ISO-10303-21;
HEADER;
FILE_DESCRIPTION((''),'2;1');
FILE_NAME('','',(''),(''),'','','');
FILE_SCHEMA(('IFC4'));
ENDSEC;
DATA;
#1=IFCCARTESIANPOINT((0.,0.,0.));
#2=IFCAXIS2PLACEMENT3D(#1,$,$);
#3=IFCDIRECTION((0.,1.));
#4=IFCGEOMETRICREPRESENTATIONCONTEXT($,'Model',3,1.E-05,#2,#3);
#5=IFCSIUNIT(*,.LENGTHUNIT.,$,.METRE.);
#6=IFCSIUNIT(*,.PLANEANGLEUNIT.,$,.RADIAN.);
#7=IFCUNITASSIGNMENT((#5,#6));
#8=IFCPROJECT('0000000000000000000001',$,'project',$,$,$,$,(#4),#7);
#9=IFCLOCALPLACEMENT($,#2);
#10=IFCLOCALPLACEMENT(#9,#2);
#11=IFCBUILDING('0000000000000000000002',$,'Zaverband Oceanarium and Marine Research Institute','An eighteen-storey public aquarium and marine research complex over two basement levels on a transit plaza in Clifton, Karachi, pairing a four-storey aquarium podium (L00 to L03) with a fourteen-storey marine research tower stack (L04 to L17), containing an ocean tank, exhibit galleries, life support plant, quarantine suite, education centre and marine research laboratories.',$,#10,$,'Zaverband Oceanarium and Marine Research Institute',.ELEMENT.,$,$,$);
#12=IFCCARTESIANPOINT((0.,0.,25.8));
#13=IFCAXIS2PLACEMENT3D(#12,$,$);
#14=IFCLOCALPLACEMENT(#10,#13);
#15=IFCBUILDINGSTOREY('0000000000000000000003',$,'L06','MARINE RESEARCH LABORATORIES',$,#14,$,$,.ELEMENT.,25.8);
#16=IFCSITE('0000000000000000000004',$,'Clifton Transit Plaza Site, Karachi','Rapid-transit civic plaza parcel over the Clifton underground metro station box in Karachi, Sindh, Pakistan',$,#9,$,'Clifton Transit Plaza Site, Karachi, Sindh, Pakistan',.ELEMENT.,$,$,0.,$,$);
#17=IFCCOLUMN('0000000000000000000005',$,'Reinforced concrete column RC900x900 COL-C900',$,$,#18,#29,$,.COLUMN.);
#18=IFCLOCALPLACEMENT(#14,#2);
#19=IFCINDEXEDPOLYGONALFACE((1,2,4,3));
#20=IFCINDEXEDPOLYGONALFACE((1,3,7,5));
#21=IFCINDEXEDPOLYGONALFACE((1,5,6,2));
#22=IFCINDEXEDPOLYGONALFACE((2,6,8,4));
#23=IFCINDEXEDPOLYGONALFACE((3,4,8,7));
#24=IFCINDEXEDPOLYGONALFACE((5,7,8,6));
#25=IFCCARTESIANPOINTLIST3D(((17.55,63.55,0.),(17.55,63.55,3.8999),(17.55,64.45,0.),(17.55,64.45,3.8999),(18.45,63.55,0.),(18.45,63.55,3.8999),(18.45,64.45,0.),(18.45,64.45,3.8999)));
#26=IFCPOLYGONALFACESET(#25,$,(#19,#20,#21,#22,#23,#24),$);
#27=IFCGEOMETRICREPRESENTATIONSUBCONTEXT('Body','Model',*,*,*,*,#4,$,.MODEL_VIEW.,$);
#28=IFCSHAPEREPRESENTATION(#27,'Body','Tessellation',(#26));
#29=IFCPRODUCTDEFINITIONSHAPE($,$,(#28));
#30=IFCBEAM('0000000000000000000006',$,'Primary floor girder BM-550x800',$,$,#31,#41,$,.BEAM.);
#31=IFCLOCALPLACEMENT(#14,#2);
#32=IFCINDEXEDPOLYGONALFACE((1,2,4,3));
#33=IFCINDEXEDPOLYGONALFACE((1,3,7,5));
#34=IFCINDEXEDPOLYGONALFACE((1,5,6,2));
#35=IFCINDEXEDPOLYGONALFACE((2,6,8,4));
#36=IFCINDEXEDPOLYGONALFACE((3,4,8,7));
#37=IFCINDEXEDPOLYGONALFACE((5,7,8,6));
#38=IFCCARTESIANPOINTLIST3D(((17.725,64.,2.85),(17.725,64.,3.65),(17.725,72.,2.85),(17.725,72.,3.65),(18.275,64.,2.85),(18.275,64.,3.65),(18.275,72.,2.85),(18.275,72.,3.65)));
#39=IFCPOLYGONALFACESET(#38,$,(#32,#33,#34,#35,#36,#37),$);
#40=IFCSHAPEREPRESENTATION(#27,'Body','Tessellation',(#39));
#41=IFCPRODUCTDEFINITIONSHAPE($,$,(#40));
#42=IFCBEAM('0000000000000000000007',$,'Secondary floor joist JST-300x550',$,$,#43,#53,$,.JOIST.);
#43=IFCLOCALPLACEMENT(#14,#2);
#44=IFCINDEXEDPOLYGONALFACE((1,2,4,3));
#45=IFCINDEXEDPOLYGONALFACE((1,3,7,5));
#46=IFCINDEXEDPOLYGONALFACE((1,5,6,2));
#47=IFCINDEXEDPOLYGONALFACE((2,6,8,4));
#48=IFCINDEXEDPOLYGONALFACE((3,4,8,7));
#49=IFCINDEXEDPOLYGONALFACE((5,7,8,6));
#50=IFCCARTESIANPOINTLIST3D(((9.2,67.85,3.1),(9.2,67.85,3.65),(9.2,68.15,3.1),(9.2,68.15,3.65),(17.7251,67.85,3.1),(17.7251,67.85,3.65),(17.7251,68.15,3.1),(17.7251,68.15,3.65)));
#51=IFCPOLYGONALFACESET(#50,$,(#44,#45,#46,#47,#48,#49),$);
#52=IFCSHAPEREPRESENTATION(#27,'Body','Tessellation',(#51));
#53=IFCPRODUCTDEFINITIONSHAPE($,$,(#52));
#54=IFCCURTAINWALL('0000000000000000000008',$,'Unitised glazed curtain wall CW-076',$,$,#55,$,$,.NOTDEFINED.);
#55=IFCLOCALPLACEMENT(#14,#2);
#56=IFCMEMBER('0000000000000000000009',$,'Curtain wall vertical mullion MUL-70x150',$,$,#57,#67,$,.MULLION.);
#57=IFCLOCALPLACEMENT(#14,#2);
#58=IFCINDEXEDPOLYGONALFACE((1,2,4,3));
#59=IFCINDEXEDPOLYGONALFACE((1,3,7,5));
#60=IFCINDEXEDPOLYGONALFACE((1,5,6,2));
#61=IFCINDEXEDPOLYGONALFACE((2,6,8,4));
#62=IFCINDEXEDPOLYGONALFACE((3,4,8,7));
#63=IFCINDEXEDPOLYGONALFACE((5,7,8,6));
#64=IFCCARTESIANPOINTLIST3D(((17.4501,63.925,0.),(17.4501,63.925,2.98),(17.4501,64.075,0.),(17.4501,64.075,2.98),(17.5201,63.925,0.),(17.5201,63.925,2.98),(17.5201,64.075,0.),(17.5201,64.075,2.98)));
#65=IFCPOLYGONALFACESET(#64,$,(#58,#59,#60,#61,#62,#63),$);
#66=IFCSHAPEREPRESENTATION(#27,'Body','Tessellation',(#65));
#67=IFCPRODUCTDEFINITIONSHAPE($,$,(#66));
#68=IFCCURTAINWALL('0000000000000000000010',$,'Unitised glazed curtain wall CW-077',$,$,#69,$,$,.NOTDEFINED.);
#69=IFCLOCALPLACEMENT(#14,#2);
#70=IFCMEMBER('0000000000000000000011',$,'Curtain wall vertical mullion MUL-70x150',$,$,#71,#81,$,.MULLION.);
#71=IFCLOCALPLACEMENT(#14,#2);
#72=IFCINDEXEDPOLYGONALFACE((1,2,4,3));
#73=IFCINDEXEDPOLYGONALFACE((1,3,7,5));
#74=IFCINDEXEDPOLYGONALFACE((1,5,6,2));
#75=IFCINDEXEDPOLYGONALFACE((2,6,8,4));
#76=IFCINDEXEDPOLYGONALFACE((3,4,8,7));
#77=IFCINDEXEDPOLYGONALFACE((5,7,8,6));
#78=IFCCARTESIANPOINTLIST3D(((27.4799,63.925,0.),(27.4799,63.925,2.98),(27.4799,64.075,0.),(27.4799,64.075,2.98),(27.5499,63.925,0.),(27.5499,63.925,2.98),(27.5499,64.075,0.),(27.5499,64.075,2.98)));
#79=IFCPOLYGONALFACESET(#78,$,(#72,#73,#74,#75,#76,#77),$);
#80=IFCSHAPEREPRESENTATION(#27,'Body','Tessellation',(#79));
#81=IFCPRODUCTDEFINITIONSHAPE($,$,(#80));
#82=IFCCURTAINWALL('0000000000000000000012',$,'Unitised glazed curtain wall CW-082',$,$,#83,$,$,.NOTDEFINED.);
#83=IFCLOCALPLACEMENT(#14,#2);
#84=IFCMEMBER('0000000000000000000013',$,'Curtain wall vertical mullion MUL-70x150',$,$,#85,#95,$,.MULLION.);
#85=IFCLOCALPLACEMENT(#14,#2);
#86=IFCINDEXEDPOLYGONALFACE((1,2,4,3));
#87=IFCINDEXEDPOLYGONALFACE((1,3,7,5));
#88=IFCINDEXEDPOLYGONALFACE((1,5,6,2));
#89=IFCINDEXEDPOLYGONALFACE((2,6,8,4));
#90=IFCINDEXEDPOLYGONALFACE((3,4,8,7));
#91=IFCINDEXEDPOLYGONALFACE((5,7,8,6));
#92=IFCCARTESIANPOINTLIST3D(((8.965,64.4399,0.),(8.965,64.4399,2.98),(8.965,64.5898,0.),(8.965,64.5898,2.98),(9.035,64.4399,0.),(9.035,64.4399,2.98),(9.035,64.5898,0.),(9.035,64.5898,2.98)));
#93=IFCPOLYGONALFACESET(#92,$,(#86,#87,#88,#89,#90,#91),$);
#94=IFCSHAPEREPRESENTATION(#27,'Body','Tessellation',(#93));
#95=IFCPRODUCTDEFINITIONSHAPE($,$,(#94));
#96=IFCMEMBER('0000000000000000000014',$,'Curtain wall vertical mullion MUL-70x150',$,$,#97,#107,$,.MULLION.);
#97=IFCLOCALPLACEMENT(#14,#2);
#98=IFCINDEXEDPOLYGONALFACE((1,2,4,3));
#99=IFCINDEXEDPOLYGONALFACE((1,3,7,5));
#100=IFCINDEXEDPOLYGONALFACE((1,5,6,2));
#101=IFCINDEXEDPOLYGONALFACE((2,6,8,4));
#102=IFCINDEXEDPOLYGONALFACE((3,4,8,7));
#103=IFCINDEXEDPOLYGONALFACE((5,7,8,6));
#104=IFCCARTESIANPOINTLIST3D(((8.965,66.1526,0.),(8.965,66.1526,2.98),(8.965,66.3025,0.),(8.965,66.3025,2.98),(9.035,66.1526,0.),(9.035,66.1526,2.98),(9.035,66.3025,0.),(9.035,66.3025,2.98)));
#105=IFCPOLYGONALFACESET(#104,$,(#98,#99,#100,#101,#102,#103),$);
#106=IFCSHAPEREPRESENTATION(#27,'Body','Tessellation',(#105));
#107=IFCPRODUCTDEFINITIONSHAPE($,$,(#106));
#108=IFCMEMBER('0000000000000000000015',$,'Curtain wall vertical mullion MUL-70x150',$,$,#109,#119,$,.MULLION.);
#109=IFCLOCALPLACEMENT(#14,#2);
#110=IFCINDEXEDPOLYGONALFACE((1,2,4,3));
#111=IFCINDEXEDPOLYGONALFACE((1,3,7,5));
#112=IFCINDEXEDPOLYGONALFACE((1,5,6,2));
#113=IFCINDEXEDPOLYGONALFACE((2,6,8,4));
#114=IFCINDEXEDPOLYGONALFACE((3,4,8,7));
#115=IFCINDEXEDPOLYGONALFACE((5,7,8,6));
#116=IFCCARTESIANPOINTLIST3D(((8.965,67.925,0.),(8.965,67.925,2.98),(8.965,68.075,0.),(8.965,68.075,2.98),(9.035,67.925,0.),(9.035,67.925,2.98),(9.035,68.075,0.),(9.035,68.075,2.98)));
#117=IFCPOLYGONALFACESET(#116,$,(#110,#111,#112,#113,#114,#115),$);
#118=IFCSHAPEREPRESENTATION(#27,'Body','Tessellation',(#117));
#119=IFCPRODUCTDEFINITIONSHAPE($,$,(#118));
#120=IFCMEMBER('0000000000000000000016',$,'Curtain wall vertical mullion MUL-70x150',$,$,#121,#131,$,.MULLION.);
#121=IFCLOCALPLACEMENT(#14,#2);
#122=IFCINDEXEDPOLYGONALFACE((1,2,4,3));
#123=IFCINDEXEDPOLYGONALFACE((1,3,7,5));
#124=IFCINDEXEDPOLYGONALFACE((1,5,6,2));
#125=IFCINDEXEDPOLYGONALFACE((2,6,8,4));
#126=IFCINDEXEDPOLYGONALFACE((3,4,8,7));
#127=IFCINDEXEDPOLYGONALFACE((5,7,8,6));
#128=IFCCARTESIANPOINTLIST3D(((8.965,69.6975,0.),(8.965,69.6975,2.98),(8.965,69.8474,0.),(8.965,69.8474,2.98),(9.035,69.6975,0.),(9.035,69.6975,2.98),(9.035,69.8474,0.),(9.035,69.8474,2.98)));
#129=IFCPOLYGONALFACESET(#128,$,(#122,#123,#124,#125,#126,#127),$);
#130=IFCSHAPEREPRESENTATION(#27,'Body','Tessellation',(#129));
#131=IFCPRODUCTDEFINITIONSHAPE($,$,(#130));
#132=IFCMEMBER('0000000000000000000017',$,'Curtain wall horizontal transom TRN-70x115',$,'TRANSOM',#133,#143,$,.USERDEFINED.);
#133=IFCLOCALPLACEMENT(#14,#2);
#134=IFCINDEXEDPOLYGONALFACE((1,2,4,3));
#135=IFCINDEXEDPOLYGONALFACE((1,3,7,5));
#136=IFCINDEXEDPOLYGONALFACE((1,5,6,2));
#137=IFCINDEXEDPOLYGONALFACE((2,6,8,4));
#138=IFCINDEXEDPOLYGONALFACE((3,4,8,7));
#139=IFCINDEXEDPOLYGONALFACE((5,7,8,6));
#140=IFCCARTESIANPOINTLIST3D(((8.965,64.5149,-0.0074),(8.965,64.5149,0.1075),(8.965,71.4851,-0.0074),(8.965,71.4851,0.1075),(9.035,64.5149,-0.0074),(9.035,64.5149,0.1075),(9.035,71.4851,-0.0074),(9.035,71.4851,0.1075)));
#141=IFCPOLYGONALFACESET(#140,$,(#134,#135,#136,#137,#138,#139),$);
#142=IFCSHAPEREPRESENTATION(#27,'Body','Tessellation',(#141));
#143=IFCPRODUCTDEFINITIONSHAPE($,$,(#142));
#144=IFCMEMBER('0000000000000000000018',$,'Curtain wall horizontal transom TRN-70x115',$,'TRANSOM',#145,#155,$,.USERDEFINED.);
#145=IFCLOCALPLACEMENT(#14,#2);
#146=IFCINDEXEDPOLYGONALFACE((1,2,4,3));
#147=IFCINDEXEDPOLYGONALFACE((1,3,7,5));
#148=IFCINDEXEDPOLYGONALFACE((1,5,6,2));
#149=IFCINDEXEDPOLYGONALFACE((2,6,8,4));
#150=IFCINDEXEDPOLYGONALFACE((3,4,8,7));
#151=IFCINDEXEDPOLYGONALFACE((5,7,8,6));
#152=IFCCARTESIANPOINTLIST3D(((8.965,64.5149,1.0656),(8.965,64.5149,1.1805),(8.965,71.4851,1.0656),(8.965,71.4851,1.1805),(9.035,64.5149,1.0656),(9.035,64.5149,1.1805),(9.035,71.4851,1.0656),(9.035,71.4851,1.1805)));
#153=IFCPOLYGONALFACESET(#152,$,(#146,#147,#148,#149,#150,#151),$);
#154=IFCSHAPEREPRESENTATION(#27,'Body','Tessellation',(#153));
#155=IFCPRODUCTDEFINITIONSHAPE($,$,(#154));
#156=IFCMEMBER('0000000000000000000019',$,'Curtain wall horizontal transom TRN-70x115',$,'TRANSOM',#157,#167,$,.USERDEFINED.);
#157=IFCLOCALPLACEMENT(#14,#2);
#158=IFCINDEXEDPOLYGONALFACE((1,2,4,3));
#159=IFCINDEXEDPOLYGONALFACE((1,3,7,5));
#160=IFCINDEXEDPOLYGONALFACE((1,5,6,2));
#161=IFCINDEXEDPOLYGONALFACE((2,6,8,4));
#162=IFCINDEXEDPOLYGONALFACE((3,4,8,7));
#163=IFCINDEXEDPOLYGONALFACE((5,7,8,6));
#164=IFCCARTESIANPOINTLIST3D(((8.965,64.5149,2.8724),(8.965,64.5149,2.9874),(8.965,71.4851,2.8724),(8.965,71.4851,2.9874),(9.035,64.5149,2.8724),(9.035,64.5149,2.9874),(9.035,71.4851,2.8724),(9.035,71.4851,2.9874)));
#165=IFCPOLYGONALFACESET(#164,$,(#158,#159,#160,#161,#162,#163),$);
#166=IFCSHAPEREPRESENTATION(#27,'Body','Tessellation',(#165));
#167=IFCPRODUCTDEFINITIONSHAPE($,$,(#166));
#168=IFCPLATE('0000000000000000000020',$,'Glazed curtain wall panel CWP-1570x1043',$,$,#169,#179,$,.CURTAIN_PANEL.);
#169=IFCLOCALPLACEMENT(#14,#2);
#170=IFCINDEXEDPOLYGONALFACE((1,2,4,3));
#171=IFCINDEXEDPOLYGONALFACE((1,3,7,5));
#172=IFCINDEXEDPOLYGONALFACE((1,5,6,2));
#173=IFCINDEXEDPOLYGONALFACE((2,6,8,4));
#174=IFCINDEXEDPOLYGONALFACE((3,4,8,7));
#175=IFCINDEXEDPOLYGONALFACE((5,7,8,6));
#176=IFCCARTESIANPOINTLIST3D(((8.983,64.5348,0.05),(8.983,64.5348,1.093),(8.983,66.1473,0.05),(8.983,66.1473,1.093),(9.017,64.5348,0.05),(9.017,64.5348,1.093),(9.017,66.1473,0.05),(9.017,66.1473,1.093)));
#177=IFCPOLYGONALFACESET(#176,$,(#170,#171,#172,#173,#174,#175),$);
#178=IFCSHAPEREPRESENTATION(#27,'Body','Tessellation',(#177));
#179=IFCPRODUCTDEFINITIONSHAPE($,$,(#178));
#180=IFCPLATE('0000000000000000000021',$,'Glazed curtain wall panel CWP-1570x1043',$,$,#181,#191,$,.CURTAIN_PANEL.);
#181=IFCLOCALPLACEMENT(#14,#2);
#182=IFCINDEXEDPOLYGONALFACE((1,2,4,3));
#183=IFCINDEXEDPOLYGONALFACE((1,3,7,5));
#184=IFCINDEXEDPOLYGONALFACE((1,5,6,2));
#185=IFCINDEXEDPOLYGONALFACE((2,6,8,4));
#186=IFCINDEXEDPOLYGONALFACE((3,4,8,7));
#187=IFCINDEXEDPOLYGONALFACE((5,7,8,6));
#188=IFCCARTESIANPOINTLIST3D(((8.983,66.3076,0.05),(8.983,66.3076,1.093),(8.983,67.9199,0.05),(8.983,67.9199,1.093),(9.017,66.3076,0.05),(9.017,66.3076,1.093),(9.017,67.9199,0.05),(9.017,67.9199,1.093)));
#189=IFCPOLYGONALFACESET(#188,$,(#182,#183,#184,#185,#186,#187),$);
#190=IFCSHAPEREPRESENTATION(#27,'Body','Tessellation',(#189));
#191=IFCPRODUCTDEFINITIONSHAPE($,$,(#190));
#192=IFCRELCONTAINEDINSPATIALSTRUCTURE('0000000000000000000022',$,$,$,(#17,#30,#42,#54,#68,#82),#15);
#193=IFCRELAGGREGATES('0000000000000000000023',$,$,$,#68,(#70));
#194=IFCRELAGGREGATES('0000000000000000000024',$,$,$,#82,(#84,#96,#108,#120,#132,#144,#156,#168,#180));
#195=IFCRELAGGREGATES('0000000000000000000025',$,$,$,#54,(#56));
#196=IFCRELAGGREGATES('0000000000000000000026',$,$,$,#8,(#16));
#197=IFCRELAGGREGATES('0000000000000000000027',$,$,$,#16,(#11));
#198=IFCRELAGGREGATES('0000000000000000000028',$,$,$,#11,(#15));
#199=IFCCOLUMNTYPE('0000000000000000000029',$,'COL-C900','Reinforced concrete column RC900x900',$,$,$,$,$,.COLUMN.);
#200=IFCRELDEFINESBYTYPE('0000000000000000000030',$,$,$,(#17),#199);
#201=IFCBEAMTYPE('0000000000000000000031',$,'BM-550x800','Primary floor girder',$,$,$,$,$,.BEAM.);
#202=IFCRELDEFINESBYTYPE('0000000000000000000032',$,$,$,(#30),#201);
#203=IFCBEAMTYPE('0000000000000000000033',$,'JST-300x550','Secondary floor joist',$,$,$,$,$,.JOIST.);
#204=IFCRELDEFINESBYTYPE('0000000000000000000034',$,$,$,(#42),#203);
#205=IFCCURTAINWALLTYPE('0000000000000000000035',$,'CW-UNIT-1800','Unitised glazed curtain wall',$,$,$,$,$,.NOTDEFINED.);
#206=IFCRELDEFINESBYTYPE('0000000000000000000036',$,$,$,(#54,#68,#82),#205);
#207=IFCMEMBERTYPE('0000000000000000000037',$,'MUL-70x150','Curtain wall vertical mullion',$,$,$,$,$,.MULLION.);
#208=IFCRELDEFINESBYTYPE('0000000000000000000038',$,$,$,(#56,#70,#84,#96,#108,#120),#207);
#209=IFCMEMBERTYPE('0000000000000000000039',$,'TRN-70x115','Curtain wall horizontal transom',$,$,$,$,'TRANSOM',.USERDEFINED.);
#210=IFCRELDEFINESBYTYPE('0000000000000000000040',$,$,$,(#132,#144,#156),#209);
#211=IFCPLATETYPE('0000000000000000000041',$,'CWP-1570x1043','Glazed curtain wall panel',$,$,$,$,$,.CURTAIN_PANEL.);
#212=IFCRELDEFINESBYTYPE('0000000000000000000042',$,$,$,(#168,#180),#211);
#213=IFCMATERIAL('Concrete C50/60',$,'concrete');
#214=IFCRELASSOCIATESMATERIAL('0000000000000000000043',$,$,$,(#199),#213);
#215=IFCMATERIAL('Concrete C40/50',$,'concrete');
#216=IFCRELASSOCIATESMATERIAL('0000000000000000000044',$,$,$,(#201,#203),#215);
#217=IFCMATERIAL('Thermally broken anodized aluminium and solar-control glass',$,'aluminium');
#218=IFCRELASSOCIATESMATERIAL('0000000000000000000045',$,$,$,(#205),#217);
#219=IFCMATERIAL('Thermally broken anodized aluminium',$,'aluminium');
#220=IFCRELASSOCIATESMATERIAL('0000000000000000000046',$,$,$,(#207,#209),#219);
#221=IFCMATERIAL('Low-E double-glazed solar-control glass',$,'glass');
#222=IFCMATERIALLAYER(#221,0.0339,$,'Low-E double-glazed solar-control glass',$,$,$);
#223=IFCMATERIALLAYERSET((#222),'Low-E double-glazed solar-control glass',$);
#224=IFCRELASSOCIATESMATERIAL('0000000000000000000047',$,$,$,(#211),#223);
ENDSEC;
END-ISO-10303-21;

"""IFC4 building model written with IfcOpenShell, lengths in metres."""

from ifc_helpers import new_model, si_unit, direction, frame, frame_2d, origin, origin_2d, place, context, subcontext, project, spatial, rectangle, extrude, material, layer, layer_set, material_profile, profile_set, type_object, element, aggregate, save


model = new_model("IFC4")

# Units and contexts
model_context = context("Model", 3, precision=1e-05, world=origin(), true_north=direction((0.0, 1.0)))
body_context = subcontext(model_context, "Body", "Model", "MODEL_VIEW")
ifc_project = project(units=[si_unit("LENGTHUNIT", "METRE"), si_unit("PLANEANGLEUNIT", "RADIAN")], contexts=[model_context])

# Site, building, storey
site_placement = place(None, origin())
site = spatial("IfcSite", under=ifc_project, at=site_placement, Name="Clifton Transit Plaza Site, Karachi", Description="Rapid-transit civic plaza parcel over the Clifton underground metro station box in Karachi, Sindh, Pakistan", LongName="Clifton Transit Plaza Site, Karachi, Sindh, Pakistan", CompositionType="ELEMENT", RefElevation=0.0)
building_placement = place(site_placement, origin())
building = spatial("IfcBuilding", under=site, at=building_placement, Name="Zaverband Oceanarium and Marine Research Institute", Description="An eighteen-storey public aquarium and marine research complex over two basement levels on a transit plaza in Clifton, Karachi, pairing a four-storey aquarium podium (L00 to L03) with a fourteen-storey marine research tower stack (L04 to L17), containing an ocean tank, exhibit galleries, life support plant, quarantine suite, education centre and marine research laboratories.", LongName="Zaverband Oceanarium and Marine Research Institute", CompositionType="ELEMENT")
storey_placement = place(building_placement, frame((0.0, 0.0, 25.8)))
storey = spatial("IfcBuildingStorey", under=building, at=storey_placement, Name="L06", Description="MARINE RESEARCH LABORATORIES", CompositionType="ELEMENT", Elevation=25.8)

# Column
ifc_material_1 = material(Name="Concrete C50/60", Category="concrete")
ifc_material_profile_1 = material_profile(ifc_material_1, rectangle(XDim=0.8999, YDim=0.8999, at=origin_2d()), Name="RC900x900")
ifc_profile_set_1 = profile_set([ifc_material_profile_1], Name="Concrete C50/60")
column_type = type_object("IfcColumnType", Name="COL-C900", Description="Reinforced concrete column RC900x900", PredefinedType="COLUMN", material=ifc_profile_set_1)
column_placement = place(storey_placement, frame((18.0, 64.0, 0.0), z_axis=(0.0, 0.0, 1.0), x_axis=(1.0, 0.0, 0.0)))
element("IfcColumn", 1, at=column_placement, inside=storey, type_object=column_type, Name="Reinforced concrete column RC900x900 COL-C900", PredefinedType="COLUMN", context=body_context, shape_type="SweptSolid", body=[
    extrude(rectangle(XDim=0.8999, YDim=0.8999, at=origin_2d()), origin(), (0.0, 0.0, 1.0), 3.8999),
])

# Beams
ifc_material_2 = material(Name="Concrete C40/50", Category="concrete")
ifc_material_profile_2 = material_profile(ifc_material_2, rectangle(XDim=0.55, YDim=0.8, at=origin_2d()), Name="RC550x800")
ifc_profile_set_2 = profile_set([ifc_material_profile_2], Name="Concrete C40/50")
beam_type_1 = type_object("IfcBeamType", Name="BM-550x800", Description="Primary floor girder", PredefinedType="BEAM", material=ifc_profile_set_2)
beam_1_placement = place(storey_placement, frame((18.0, 64.0, 3.25), z_axis=(0.0, 1.0, 0.0), x_axis=(-1.0, 0.0, 0.0)))
element("IfcBeam", 2, at=beam_1_placement, inside=storey, type_object=beam_type_1, Name="Primary floor girder BM-550x800", PredefinedType="BEAM", context=body_context, shape_type="SweptSolid", body=[
    extrude(rectangle(XDim=0.55, YDim=0.8, at=origin_2d()), origin(), (0.0, 0.0, 1.0), 8.0),
])
ifc_material_profile_3 = material_profile(ifc_material_2, rectangle(XDim=0.3, YDim=0.55, at=origin_2d()), Name="RC300x550")
ifc_profile_set_3 = profile_set([ifc_material_profile_3], Name="Concrete C40/50")
beam_type_2 = type_object("IfcBeamType", Name="JST-300x550", Description="Secondary floor joist", PredefinedType="JOIST", material=ifc_profile_set_3)
beam_2_placement = place(storey_placement, frame((9.2, 68.0, 3.375), z_axis=(1.0, 0.0, 0.0), x_axis=(0.0, 1.0, 0.0)))
element("IfcBeam", 3, at=beam_2_placement, inside=storey, type_object=beam_type_2, Name="Secondary floor joist JST-300x550", PredefinedType="JOIST", context=body_context, shape_type="SweptSolid", body=[
    extrude(rectangle(XDim=0.3, YDim=0.55, at=origin_2d()), origin(), (0.0, 0.0, 1.0), 8.5251),
])

# Curtain walls, members
ifc_material_3 = material(Name="Thermally broken anodized aluminium and solar-control glass", Category="aluminium")
curtain_wall_type = type_object("IfcCurtainWallType", Name="CW-UNIT-1800", Description="Unitised glazed curtain wall", PredefinedType="NOTDEFINED", material=ifc_material_3)
curtain_wall_1_placement = place(storey_placement, origin())
curtain_wall_1 = element("IfcCurtainWall", 4, at=curtain_wall_1_placement, inside=storey, type_object=curtain_wall_type, Name="Unitised glazed curtain wall CW-076", PredefinedType="NOTDEFINED")
ifc_material_4 = material(Name="Thermally broken anodized aluminium", Category="aluminium")
ifc_material_profile_4 = material_profile(ifc_material_4, rectangle(XDim=0.0701, YDim=0.1499, at=origin_2d()), Name="AL-MUL-70x150")
ifc_profile_set_4 = profile_set([ifc_material_profile_4], Name="Thermally broken anodized aluminium")
member_type_1 = type_object("IfcMemberType", Name="MUL-70x150", Description="Curtain wall vertical mullion", PredefinedType="MULLION", material=ifc_profile_set_4)
member_1_placement = place(storey_placement, frame((17.4851, 64.0, 0.0), z_axis=(0.0, 0.0, 1.0), x_axis=(1.0, 0.0, 0.0)))
member_1 = element("IfcMember", 5, at=member_1_placement, type_object=member_type_1, Name="Curtain wall vertical mullion MUL-70x150", PredefinedType="MULLION", context=body_context, shape_type="SweptSolid", body=[
    extrude(rectangle(XDim=0.0701, YDim=0.1499, at=origin_2d()), origin(), (0.0, 0.0, 1.0), 2.98),
])
curtain_wall_2_placement = place(storey_placement, origin())
curtain_wall_2 = element("IfcCurtainWall", 6, at=curtain_wall_2_placement, inside=storey, type_object=curtain_wall_type, Name="Unitised glazed curtain wall CW-077", PredefinedType="NOTDEFINED")
member_2_placement = place(storey_placement, frame((27.5149, 64.0, 0.0), z_axis=(0.0, 0.0, 1.0), x_axis=(1.0, 0.0, 0.0)))
member_2 = element("IfcMember", 7, at=member_2_placement, type_object=member_type_1, Name="Curtain wall vertical mullion MUL-70x150", PredefinedType="MULLION", context=body_context, shape_type="SweptSolid", body=[
    extrude(rectangle(XDim=0.0701, YDim=0.1499, at=origin_2d()), origin(), (0.0, 0.0, 1.0), 2.98),
])
aggregate(curtain_wall_2, [member_2])

# Curtain wall, members, plates
curtain_wall_3_placement = place(storey_placement, origin())
curtain_wall_3 = element("IfcCurtainWall", 8, at=curtain_wall_3_placement, inside=storey, type_object=curtain_wall_type, Name="Unitised glazed curtain wall CW-082", PredefinedType="NOTDEFINED")
member_3_placement = place(storey_placement, frame((9.0, 64.5149, 0.0), z_axis=(0.0, 0.0, 1.0), x_axis=(1.0, 0.0, 0.0)))
member_3 = element("IfcMember", 9, at=member_3_placement, type_object=member_type_1, Name="Curtain wall vertical mullion MUL-70x150", PredefinedType="MULLION", context=body_context, shape_type="SweptSolid", body=[
    extrude(rectangle(XDim=0.0701, YDim=0.1499, at=origin_2d()), origin(), (0.0, 0.0, 1.0), 2.98),
])
member_4_placement = place(storey_placement, frame((9.0, 66.2275, 0.0), z_axis=(0.0, 0.0, 1.0), x_axis=(1.0, 0.0, 0.0)))
member_4 = element("IfcMember", 10, at=member_4_placement, type_object=member_type_1, Name="Curtain wall vertical mullion MUL-70x150", PredefinedType="MULLION", context=body_context, shape_type="SweptSolid", body=[
    extrude(rectangle(XDim=0.0701, YDim=0.1499, at=origin_2d()), origin(), (0.0, 0.0, 1.0), 2.98),
])
member_5_placement = place(storey_placement, frame((9.0, 68.0, 0.0), z_axis=(0.0, 0.0, 1.0), x_axis=(1.0, 0.0, 0.0)))
member_5 = element("IfcMember", 11, at=member_5_placement, type_object=member_type_1, Name="Curtain wall vertical mullion MUL-70x150", PredefinedType="MULLION", context=body_context, shape_type="SweptSolid", body=[
    extrude(rectangle(XDim=0.0701, YDim=0.1499, at=origin_2d()), origin(), (0.0, 0.0, 1.0), 2.98),
])
member_6_placement = place(storey_placement, frame((9.0, 69.7725, 0.0), z_axis=(0.0, 0.0, 1.0), x_axis=(1.0, 0.0, 0.0)))
member_6 = element("IfcMember", 12, at=member_6_placement, type_object=member_type_1, Name="Curtain wall vertical mullion MUL-70x150", PredefinedType="MULLION", context=body_context, shape_type="SweptSolid", body=[
    extrude(rectangle(XDim=0.0701, YDim=0.1499, at=origin_2d()), origin(), (0.0, 0.0, 1.0), 2.98),
])
ifc_material_profile_5 = material_profile(ifc_material_4, rectangle(XDim=0.0701, YDim=0.115, at=origin_2d()), Name="AL-TRN-70x115")
ifc_profile_set_5 = profile_set([ifc_material_profile_5], Name="Thermally broken anodized aluminium")
member_type_2 = type_object("IfcMemberType", Name="TRN-70x115", Description="Curtain wall horizontal transom", ElementType="TRANSOM", PredefinedType="USERDEFINED", material=ifc_profile_set_5)
member_7_placement = place(storey_placement, frame((9.0, 64.5149, 0.05), z_axis=(0.0, 1.0, 0.0), x_axis=(-1.0, 0.0, 0.0)))
member_7 = element("IfcMember", 13, at=member_7_placement, type_object=member_type_2, Name="Curtain wall horizontal transom TRN-70x115", ObjectType="TRANSOM", PredefinedType="USERDEFINED", context=body_context, shape_type="SweptSolid", body=[
    extrude(rectangle(XDim=0.0701, YDim=0.115, at=origin_2d()), origin(), (0.0, 0.0, 1.0), 6.9702),
])
member_8_placement = place(storey_placement, frame((9.0, 64.5149, 1.123), z_axis=(0.0, 1.0, 0.0), x_axis=(-1.0, 0.0, 0.0)))
member_8 = element("IfcMember", 14, at=member_8_placement, type_object=member_type_2, Name="Curtain wall horizontal transom TRN-70x115", ObjectType="TRANSOM", PredefinedType="USERDEFINED", context=body_context, shape_type="SweptSolid", body=[
    extrude(rectangle(XDim=0.0701, YDim=0.115, at=origin_2d()), origin(), (0.0, 0.0, 1.0), 6.9702),
])
member_9_placement = place(storey_placement, frame((9.0, 64.5149, 2.9299), z_axis=(0.0, 1.0, 0.0), x_axis=(-1.0, 0.0, 0.0)))
member_9 = element("IfcMember", 15, at=member_9_placement, type_object=member_type_2, Name="Curtain wall horizontal transom TRN-70x115", ObjectType="TRANSOM", PredefinedType="USERDEFINED", context=body_context, shape_type="SweptSolid", body=[
    extrude(rectangle(XDim=0.0701, YDim=0.115, at=origin_2d()), origin(), (0.0, 0.0, 1.0), 6.9702),
])
ifc_material_5 = material(Name="Low-E double-glazed solar-control glass", Category="glass")
ifc_layer_1 = layer(ifc_material_5, 0.0339, Name="Low-E double-glazed solar-control glass")
ifc_layer_set_1 = layer_set([ifc_layer_1], Name="Low-E double-glazed solar-control glass")
plate_type_1 = type_object("IfcPlateType", Name="CWP-1570x1043", Description="Glazed curtain wall panel", PredefinedType="CURTAIN_PANEL", material=ifc_layer_set_1)
plate_1_placement = place(storey_placement, frame((9.0, 64.5349, 0.05), z_axis=(0.0, 0.0, 1.0), x_axis=(0.0, 1.0, 0.0)))
plate_1 = element("IfcPlate", 16, at=plate_1_placement, type_object=plate_type_1, Name="Glazed curtain wall panel CWP-1570x1043", PredefinedType="CURTAIN_PANEL", context=body_context, shape_type="SweptSolid", body=[
    extrude(rectangle(XDim=1.6125, YDim=0.0339, at=frame_2d((0.8062, 0.0))), origin(), (0.0, 0.0, 1.0), 1.043),
])
plate_2_placement = place(storey_placement, frame((9.0, 66.3076, 0.05), z_axis=(0.0, 0.0, 1.0), x_axis=(0.0, 1.0, 0.0)))
plate_2 = element("IfcPlate", 17, at=plate_2_placement, type_object=plate_type_1, Name="Glazed curtain wall panel CWP-1570x1043", PredefinedType="CURTAIN_PANEL", context=body_context, shape_type="SweptSolid", body=[
    extrude(rectangle(XDim=1.6123, YDim=0.0339, at=frame_2d((0.8062, 0.0))), origin(), (0.0, 0.0, 1.0), 1.043),
])
aggregate(curtain_wall_3, [member_3, member_4, member_5, member_6, member_7, member_8, member_9, plate_1, plate_2])

aggregate(curtain_wall_1, [member_1])

save(model, "model.ifc")
